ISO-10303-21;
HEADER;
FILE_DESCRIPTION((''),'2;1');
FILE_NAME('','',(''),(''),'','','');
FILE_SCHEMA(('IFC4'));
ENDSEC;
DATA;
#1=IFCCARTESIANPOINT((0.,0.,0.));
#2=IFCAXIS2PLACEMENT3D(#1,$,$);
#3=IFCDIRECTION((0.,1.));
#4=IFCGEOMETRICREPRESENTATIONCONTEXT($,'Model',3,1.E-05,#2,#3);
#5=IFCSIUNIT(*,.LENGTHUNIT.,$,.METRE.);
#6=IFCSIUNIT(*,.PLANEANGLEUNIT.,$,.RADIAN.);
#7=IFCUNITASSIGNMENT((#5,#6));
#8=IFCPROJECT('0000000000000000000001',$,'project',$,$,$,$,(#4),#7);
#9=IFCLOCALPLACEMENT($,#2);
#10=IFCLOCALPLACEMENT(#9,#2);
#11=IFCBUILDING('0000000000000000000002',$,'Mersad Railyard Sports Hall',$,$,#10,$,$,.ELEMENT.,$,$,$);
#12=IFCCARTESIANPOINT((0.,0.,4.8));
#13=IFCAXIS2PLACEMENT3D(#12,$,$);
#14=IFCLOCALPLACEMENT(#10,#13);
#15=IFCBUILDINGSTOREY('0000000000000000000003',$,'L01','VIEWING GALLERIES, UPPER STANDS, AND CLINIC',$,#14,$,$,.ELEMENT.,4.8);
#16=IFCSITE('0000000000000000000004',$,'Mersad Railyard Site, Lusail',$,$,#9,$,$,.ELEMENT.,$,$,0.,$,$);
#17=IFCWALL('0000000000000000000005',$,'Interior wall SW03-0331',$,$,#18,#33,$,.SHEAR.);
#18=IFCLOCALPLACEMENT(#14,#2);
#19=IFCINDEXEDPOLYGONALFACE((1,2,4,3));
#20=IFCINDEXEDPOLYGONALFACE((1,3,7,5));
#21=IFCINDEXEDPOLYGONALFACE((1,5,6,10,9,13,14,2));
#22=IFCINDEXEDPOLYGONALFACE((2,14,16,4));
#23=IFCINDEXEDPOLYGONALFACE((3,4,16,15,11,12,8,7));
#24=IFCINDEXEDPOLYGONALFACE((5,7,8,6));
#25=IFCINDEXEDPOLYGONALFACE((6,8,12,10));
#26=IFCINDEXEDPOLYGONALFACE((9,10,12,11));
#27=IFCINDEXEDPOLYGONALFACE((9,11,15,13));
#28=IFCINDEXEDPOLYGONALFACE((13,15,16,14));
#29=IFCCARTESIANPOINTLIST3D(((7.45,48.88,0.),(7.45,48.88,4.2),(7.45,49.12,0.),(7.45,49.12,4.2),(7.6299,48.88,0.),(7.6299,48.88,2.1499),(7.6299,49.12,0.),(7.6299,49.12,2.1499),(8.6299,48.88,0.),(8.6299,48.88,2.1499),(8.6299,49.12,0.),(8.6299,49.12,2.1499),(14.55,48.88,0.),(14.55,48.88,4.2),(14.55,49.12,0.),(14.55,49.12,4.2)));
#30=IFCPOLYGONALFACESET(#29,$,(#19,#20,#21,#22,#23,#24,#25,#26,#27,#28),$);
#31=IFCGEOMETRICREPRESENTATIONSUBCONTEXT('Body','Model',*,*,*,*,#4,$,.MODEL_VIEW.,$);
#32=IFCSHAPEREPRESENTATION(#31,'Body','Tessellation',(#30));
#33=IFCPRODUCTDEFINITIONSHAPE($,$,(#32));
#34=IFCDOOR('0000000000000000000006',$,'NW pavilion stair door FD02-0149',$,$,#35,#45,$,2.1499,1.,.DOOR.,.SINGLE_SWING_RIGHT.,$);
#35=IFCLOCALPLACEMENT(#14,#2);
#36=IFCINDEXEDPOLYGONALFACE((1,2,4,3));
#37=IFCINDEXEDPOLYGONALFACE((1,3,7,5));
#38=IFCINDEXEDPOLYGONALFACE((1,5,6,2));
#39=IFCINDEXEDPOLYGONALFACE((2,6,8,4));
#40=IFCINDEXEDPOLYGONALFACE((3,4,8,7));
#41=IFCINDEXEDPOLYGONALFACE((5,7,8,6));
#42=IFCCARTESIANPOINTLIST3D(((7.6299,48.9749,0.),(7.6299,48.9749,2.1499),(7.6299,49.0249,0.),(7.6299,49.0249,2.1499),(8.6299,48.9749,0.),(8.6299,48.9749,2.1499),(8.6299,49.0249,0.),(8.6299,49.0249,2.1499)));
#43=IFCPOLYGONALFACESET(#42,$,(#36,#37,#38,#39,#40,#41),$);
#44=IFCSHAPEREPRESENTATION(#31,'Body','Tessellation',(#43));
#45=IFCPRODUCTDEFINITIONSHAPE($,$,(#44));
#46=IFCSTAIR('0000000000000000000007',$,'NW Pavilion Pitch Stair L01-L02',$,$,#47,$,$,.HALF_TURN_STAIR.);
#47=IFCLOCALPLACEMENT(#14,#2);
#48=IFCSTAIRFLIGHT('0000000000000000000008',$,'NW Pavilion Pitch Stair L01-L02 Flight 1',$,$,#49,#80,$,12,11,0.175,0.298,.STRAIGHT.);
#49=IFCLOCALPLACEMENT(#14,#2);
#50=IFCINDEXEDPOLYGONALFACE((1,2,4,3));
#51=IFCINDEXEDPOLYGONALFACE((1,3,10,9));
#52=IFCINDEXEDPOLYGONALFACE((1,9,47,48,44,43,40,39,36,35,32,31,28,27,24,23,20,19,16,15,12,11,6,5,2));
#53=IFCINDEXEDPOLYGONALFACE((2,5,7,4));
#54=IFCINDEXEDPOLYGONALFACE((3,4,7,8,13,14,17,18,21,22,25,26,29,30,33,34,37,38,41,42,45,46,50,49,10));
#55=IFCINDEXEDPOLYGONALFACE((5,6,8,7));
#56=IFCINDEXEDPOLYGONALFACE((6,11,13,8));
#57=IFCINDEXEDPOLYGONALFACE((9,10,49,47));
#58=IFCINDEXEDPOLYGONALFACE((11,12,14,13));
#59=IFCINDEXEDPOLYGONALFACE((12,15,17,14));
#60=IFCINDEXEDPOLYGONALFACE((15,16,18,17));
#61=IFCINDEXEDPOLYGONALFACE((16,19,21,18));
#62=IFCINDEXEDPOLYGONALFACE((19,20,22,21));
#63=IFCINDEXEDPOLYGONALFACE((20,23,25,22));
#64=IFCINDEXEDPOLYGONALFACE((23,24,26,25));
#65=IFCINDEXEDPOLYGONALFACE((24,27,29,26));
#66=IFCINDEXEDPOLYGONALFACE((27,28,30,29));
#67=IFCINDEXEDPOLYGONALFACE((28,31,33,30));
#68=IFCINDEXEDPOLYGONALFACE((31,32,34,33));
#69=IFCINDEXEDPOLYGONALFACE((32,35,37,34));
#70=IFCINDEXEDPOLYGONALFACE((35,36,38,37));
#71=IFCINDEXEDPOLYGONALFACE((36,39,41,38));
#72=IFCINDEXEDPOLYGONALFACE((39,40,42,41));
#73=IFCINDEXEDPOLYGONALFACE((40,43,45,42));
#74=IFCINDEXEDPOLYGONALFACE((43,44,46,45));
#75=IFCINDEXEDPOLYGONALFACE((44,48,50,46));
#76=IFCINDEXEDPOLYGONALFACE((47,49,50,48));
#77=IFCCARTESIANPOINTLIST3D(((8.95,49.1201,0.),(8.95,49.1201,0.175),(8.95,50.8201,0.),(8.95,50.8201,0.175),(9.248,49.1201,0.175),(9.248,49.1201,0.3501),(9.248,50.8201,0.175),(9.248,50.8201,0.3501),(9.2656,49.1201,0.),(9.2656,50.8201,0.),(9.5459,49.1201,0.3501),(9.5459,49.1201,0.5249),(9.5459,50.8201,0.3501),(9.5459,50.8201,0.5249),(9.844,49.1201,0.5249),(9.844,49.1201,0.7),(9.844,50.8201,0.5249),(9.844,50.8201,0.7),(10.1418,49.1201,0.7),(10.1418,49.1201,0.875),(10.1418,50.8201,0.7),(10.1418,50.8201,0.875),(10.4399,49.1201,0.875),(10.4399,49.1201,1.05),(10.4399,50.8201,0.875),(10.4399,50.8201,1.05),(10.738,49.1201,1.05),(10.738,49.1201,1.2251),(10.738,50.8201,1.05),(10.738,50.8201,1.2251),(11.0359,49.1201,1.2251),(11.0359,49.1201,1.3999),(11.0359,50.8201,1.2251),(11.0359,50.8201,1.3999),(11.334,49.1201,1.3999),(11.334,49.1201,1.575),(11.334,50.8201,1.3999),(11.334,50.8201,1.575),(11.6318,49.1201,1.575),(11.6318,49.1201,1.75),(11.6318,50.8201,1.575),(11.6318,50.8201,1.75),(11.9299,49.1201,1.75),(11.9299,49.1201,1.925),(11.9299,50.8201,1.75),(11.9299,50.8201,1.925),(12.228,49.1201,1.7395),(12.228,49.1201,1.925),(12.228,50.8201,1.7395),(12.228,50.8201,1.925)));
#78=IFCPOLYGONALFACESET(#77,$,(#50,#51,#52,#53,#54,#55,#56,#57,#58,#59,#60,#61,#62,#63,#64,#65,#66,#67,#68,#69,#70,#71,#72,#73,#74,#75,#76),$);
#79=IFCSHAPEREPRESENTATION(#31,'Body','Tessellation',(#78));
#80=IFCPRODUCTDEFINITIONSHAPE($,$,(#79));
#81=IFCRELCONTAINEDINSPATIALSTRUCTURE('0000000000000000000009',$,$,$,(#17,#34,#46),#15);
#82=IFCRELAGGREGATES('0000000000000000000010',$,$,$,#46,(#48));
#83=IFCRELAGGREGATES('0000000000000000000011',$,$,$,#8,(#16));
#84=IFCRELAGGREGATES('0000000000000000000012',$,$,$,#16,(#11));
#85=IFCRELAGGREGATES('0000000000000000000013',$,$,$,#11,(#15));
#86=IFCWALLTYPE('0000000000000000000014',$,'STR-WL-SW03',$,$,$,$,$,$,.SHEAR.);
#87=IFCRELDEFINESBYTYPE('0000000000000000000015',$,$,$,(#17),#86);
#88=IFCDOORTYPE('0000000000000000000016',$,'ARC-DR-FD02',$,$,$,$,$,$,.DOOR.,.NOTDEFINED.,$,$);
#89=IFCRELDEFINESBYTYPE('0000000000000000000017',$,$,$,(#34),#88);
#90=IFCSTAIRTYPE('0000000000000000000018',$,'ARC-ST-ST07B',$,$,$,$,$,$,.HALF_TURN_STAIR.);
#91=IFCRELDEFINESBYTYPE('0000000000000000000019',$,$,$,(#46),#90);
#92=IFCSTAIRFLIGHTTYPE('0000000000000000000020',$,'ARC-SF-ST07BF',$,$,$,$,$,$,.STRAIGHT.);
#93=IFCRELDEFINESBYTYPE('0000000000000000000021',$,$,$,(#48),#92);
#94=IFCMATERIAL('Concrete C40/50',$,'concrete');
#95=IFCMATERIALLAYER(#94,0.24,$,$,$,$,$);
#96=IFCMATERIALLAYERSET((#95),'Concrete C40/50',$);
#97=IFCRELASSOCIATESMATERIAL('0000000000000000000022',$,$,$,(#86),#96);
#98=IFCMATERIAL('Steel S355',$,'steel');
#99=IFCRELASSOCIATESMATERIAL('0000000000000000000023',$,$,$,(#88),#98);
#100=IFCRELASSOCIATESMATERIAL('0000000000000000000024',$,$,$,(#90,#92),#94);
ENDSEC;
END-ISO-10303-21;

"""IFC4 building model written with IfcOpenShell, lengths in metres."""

from ifc_helpers import new_model, si_unit, direction, frame, frame_2d, origin, place, context, subcontext, project, spatial, polyline, rectangle, outline, extrude, material, layer, layer_set, type_object, element, fill, aggregate, save


model = new_model("IFC4")

# Units and contexts
model_context = context("Model", 3, precision=1e-05, world=origin(), true_north=direction((0.0, 1.0)))
body_context = subcontext(model_context, "Body", "Model", "MODEL_VIEW")
ifc_project = project(units=[si_unit("LENGTHUNIT", "METRE"), si_unit("PLANEANGLEUNIT", "RADIAN")], contexts=[model_context])

# Site, building, storey
site_placement = place(None, origin())
site = spatial("IfcSite", under=ifc_project, at=site_placement, Name="Mersad Railyard Site, Lusail", CompositionType="ELEMENT", RefElevation=0.0)
building_placement = place(site_placement, origin())
building = spatial("IfcBuilding", under=site, at=building_placement, Name="Mersad Railyard Sports Hall", CompositionType="ELEMENT")
storey_placement = place(building_placement, frame((0.0, 0.0, 4.8)))
storey = spatial("IfcBuildingStorey", under=building, at=storey_placement, Name="L01", Description="VIEWING GALLERIES, UPPER STANDS, AND CLINIC", CompositionType="ELEMENT", Elevation=4.8)

# Shared definitions
ifc_material_1 = material(Name="Concrete C40/50", Category="concrete")
ifc_layer_1 = layer(ifc_material_1, 0.24)
ifc_layer_set_1 = layer_set([ifc_layer_1], Name="Concrete C40/50")
wall_type = type_object("IfcWallType", Name="STR-WL-SW03", PredefinedType="SHEAR", material=ifc_layer_set_1)

# Wall, opening, door
wall_1_placement = place(storey_placement, frame((7.45, 49.0, 0.0), z_axis=(0.0, 0.0, 1.0), x_axis=(1.0, 0.0, 0.0)))
wall_1 = element("IfcWall", 1, at=wall_1_placement, inside=storey, type_object=wall_type, Name="Interior wall SW03-0331", PredefinedType="SHEAR", context=body_context, shape_type="SweptSolid", body=[
    extrude(rectangle(XDim=7.1001, YDim=0.24, at=frame_2d((3.55, 0.0))), origin(), (0.0, 0.0, 1.0), 4.2),
])
opening_placement = place(wall_1_placement, frame((0.1799, 0.0, 0.0)))
opening = element("IfcOpeningElement", 2, at=opening_placement, cuts=wall_1, PredefinedType="OPENING", context=body_context, shape_type="SweptSolid", body=[
    extrude(rectangle(XDim=1.0, YDim=2.1499, at=frame_2d((0.5, 1.075))), frame((0.0, 0.1299, 0.0), z_axis=(0.0, -1.0, 0.0), x_axis=(1.0, 0.0, 0.0)), (0.0, 0.0, 1.0), 0.26),
])
ifc_material_2 = material(Name="Steel S355", Category="steel")
door_type = type_object("IfcDoorType", Name="ARC-DR-FD02", OperationType="NOTDEFINED", PredefinedType="DOOR", material=ifc_material_2)
door_placement = place(opening_placement, origin())
door = element("IfcDoor", 3, at=door_placement, inside=storey, type_object=door_type, Name="NW pavilion stair door FD02-0149", OperationType="SINGLE_SWING_RIGHT", OverallHeight=2.1499, OverallWidth=1.0, PredefinedType="DOOR", context=body_context, shape_type="SweptSolid", body=[
    extrude(rectangle(XDim=1.0, YDim=2.1499, at=frame_2d((0.5, 1.075))), frame((0.0, 0.0249, 0.0), z_axis=(0.0, -1.0, 0.0), x_axis=(1.0, 0.0, 0.0)), (0.0, 0.0, 1.0), 0.05),
])
fill(opening, door)

# Stair, stair flight
stair_type = type_object("IfcStairType", Name="ARC-ST-ST07B", PredefinedType="HALF_TURN_STAIR", material=ifc_material_1)
stair_placement = place(storey_placement, origin())
stair = element("IfcStair", 4, at=stair_placement, inside=storey, type_object=stair_type, Name="NW Pavilion Pitch Stair L01-L02", PredefinedType="HALF_TURN_STAIR")
stair_flight_type = type_object("IfcStairFlightType", Name="ARC-SF-ST07BF", PredefinedType="STRAIGHT", material=ifc_material_1)
stair_flight_placement = place(storey_placement, frame((8.95, 49.97, 0.0), z_axis=(0.0, 0.0, 1.0), x_axis=(1.0, 0.0, 0.0)))
stair_flight = element("IfcStairFlight", 5, at=stair_flight_placement, type_object=stair_flight_type, Name="NW Pavilion Pitch Stair L01-L02 Flight 1", NumberOfRisers=12, NumberOfTreads=11, PredefinedType="STRAIGHT", RiserHeight=0.175, TreadLength=0.298, context=body_context, shape_type="SweptSolid", body=[
    extrude(outline(polyline([(0.0, 0.0), (0.0, 0.175), (0.2981, 0.175), (0.2981, 0.3501), (0.5959, 0.3501), (0.5959, 0.5249), (0.894, 0.5249), (0.894, 0.7), (1.1919, 0.7), (1.1919, 0.875), (1.49, 0.875), (1.49, 1.05), (1.7881, 1.05), (1.7881, 1.2251), (2.0859, 1.2251), (2.0859, 1.3999), (2.384, 1.3999), (2.384, 1.575), (2.6819, 1.575), (2.6819, 1.75), (2.98, 1.75), (2.98, 1.925), (3.2781, 1.925), (3.2781, 2.1001), (3.2781, 1.7395), (0.3157, 0.0), (0.0, 0.0)])), frame((0.0, 0.8501, 0.0), z_axis=(0.0, -1.0, 0.0), x_axis=(1.0, 0.0, 0.0)), (0.0, 0.0, 1.0), 1.7),
])
aggregate(stair, [stair_flight])

save(model, "model.ifc")
